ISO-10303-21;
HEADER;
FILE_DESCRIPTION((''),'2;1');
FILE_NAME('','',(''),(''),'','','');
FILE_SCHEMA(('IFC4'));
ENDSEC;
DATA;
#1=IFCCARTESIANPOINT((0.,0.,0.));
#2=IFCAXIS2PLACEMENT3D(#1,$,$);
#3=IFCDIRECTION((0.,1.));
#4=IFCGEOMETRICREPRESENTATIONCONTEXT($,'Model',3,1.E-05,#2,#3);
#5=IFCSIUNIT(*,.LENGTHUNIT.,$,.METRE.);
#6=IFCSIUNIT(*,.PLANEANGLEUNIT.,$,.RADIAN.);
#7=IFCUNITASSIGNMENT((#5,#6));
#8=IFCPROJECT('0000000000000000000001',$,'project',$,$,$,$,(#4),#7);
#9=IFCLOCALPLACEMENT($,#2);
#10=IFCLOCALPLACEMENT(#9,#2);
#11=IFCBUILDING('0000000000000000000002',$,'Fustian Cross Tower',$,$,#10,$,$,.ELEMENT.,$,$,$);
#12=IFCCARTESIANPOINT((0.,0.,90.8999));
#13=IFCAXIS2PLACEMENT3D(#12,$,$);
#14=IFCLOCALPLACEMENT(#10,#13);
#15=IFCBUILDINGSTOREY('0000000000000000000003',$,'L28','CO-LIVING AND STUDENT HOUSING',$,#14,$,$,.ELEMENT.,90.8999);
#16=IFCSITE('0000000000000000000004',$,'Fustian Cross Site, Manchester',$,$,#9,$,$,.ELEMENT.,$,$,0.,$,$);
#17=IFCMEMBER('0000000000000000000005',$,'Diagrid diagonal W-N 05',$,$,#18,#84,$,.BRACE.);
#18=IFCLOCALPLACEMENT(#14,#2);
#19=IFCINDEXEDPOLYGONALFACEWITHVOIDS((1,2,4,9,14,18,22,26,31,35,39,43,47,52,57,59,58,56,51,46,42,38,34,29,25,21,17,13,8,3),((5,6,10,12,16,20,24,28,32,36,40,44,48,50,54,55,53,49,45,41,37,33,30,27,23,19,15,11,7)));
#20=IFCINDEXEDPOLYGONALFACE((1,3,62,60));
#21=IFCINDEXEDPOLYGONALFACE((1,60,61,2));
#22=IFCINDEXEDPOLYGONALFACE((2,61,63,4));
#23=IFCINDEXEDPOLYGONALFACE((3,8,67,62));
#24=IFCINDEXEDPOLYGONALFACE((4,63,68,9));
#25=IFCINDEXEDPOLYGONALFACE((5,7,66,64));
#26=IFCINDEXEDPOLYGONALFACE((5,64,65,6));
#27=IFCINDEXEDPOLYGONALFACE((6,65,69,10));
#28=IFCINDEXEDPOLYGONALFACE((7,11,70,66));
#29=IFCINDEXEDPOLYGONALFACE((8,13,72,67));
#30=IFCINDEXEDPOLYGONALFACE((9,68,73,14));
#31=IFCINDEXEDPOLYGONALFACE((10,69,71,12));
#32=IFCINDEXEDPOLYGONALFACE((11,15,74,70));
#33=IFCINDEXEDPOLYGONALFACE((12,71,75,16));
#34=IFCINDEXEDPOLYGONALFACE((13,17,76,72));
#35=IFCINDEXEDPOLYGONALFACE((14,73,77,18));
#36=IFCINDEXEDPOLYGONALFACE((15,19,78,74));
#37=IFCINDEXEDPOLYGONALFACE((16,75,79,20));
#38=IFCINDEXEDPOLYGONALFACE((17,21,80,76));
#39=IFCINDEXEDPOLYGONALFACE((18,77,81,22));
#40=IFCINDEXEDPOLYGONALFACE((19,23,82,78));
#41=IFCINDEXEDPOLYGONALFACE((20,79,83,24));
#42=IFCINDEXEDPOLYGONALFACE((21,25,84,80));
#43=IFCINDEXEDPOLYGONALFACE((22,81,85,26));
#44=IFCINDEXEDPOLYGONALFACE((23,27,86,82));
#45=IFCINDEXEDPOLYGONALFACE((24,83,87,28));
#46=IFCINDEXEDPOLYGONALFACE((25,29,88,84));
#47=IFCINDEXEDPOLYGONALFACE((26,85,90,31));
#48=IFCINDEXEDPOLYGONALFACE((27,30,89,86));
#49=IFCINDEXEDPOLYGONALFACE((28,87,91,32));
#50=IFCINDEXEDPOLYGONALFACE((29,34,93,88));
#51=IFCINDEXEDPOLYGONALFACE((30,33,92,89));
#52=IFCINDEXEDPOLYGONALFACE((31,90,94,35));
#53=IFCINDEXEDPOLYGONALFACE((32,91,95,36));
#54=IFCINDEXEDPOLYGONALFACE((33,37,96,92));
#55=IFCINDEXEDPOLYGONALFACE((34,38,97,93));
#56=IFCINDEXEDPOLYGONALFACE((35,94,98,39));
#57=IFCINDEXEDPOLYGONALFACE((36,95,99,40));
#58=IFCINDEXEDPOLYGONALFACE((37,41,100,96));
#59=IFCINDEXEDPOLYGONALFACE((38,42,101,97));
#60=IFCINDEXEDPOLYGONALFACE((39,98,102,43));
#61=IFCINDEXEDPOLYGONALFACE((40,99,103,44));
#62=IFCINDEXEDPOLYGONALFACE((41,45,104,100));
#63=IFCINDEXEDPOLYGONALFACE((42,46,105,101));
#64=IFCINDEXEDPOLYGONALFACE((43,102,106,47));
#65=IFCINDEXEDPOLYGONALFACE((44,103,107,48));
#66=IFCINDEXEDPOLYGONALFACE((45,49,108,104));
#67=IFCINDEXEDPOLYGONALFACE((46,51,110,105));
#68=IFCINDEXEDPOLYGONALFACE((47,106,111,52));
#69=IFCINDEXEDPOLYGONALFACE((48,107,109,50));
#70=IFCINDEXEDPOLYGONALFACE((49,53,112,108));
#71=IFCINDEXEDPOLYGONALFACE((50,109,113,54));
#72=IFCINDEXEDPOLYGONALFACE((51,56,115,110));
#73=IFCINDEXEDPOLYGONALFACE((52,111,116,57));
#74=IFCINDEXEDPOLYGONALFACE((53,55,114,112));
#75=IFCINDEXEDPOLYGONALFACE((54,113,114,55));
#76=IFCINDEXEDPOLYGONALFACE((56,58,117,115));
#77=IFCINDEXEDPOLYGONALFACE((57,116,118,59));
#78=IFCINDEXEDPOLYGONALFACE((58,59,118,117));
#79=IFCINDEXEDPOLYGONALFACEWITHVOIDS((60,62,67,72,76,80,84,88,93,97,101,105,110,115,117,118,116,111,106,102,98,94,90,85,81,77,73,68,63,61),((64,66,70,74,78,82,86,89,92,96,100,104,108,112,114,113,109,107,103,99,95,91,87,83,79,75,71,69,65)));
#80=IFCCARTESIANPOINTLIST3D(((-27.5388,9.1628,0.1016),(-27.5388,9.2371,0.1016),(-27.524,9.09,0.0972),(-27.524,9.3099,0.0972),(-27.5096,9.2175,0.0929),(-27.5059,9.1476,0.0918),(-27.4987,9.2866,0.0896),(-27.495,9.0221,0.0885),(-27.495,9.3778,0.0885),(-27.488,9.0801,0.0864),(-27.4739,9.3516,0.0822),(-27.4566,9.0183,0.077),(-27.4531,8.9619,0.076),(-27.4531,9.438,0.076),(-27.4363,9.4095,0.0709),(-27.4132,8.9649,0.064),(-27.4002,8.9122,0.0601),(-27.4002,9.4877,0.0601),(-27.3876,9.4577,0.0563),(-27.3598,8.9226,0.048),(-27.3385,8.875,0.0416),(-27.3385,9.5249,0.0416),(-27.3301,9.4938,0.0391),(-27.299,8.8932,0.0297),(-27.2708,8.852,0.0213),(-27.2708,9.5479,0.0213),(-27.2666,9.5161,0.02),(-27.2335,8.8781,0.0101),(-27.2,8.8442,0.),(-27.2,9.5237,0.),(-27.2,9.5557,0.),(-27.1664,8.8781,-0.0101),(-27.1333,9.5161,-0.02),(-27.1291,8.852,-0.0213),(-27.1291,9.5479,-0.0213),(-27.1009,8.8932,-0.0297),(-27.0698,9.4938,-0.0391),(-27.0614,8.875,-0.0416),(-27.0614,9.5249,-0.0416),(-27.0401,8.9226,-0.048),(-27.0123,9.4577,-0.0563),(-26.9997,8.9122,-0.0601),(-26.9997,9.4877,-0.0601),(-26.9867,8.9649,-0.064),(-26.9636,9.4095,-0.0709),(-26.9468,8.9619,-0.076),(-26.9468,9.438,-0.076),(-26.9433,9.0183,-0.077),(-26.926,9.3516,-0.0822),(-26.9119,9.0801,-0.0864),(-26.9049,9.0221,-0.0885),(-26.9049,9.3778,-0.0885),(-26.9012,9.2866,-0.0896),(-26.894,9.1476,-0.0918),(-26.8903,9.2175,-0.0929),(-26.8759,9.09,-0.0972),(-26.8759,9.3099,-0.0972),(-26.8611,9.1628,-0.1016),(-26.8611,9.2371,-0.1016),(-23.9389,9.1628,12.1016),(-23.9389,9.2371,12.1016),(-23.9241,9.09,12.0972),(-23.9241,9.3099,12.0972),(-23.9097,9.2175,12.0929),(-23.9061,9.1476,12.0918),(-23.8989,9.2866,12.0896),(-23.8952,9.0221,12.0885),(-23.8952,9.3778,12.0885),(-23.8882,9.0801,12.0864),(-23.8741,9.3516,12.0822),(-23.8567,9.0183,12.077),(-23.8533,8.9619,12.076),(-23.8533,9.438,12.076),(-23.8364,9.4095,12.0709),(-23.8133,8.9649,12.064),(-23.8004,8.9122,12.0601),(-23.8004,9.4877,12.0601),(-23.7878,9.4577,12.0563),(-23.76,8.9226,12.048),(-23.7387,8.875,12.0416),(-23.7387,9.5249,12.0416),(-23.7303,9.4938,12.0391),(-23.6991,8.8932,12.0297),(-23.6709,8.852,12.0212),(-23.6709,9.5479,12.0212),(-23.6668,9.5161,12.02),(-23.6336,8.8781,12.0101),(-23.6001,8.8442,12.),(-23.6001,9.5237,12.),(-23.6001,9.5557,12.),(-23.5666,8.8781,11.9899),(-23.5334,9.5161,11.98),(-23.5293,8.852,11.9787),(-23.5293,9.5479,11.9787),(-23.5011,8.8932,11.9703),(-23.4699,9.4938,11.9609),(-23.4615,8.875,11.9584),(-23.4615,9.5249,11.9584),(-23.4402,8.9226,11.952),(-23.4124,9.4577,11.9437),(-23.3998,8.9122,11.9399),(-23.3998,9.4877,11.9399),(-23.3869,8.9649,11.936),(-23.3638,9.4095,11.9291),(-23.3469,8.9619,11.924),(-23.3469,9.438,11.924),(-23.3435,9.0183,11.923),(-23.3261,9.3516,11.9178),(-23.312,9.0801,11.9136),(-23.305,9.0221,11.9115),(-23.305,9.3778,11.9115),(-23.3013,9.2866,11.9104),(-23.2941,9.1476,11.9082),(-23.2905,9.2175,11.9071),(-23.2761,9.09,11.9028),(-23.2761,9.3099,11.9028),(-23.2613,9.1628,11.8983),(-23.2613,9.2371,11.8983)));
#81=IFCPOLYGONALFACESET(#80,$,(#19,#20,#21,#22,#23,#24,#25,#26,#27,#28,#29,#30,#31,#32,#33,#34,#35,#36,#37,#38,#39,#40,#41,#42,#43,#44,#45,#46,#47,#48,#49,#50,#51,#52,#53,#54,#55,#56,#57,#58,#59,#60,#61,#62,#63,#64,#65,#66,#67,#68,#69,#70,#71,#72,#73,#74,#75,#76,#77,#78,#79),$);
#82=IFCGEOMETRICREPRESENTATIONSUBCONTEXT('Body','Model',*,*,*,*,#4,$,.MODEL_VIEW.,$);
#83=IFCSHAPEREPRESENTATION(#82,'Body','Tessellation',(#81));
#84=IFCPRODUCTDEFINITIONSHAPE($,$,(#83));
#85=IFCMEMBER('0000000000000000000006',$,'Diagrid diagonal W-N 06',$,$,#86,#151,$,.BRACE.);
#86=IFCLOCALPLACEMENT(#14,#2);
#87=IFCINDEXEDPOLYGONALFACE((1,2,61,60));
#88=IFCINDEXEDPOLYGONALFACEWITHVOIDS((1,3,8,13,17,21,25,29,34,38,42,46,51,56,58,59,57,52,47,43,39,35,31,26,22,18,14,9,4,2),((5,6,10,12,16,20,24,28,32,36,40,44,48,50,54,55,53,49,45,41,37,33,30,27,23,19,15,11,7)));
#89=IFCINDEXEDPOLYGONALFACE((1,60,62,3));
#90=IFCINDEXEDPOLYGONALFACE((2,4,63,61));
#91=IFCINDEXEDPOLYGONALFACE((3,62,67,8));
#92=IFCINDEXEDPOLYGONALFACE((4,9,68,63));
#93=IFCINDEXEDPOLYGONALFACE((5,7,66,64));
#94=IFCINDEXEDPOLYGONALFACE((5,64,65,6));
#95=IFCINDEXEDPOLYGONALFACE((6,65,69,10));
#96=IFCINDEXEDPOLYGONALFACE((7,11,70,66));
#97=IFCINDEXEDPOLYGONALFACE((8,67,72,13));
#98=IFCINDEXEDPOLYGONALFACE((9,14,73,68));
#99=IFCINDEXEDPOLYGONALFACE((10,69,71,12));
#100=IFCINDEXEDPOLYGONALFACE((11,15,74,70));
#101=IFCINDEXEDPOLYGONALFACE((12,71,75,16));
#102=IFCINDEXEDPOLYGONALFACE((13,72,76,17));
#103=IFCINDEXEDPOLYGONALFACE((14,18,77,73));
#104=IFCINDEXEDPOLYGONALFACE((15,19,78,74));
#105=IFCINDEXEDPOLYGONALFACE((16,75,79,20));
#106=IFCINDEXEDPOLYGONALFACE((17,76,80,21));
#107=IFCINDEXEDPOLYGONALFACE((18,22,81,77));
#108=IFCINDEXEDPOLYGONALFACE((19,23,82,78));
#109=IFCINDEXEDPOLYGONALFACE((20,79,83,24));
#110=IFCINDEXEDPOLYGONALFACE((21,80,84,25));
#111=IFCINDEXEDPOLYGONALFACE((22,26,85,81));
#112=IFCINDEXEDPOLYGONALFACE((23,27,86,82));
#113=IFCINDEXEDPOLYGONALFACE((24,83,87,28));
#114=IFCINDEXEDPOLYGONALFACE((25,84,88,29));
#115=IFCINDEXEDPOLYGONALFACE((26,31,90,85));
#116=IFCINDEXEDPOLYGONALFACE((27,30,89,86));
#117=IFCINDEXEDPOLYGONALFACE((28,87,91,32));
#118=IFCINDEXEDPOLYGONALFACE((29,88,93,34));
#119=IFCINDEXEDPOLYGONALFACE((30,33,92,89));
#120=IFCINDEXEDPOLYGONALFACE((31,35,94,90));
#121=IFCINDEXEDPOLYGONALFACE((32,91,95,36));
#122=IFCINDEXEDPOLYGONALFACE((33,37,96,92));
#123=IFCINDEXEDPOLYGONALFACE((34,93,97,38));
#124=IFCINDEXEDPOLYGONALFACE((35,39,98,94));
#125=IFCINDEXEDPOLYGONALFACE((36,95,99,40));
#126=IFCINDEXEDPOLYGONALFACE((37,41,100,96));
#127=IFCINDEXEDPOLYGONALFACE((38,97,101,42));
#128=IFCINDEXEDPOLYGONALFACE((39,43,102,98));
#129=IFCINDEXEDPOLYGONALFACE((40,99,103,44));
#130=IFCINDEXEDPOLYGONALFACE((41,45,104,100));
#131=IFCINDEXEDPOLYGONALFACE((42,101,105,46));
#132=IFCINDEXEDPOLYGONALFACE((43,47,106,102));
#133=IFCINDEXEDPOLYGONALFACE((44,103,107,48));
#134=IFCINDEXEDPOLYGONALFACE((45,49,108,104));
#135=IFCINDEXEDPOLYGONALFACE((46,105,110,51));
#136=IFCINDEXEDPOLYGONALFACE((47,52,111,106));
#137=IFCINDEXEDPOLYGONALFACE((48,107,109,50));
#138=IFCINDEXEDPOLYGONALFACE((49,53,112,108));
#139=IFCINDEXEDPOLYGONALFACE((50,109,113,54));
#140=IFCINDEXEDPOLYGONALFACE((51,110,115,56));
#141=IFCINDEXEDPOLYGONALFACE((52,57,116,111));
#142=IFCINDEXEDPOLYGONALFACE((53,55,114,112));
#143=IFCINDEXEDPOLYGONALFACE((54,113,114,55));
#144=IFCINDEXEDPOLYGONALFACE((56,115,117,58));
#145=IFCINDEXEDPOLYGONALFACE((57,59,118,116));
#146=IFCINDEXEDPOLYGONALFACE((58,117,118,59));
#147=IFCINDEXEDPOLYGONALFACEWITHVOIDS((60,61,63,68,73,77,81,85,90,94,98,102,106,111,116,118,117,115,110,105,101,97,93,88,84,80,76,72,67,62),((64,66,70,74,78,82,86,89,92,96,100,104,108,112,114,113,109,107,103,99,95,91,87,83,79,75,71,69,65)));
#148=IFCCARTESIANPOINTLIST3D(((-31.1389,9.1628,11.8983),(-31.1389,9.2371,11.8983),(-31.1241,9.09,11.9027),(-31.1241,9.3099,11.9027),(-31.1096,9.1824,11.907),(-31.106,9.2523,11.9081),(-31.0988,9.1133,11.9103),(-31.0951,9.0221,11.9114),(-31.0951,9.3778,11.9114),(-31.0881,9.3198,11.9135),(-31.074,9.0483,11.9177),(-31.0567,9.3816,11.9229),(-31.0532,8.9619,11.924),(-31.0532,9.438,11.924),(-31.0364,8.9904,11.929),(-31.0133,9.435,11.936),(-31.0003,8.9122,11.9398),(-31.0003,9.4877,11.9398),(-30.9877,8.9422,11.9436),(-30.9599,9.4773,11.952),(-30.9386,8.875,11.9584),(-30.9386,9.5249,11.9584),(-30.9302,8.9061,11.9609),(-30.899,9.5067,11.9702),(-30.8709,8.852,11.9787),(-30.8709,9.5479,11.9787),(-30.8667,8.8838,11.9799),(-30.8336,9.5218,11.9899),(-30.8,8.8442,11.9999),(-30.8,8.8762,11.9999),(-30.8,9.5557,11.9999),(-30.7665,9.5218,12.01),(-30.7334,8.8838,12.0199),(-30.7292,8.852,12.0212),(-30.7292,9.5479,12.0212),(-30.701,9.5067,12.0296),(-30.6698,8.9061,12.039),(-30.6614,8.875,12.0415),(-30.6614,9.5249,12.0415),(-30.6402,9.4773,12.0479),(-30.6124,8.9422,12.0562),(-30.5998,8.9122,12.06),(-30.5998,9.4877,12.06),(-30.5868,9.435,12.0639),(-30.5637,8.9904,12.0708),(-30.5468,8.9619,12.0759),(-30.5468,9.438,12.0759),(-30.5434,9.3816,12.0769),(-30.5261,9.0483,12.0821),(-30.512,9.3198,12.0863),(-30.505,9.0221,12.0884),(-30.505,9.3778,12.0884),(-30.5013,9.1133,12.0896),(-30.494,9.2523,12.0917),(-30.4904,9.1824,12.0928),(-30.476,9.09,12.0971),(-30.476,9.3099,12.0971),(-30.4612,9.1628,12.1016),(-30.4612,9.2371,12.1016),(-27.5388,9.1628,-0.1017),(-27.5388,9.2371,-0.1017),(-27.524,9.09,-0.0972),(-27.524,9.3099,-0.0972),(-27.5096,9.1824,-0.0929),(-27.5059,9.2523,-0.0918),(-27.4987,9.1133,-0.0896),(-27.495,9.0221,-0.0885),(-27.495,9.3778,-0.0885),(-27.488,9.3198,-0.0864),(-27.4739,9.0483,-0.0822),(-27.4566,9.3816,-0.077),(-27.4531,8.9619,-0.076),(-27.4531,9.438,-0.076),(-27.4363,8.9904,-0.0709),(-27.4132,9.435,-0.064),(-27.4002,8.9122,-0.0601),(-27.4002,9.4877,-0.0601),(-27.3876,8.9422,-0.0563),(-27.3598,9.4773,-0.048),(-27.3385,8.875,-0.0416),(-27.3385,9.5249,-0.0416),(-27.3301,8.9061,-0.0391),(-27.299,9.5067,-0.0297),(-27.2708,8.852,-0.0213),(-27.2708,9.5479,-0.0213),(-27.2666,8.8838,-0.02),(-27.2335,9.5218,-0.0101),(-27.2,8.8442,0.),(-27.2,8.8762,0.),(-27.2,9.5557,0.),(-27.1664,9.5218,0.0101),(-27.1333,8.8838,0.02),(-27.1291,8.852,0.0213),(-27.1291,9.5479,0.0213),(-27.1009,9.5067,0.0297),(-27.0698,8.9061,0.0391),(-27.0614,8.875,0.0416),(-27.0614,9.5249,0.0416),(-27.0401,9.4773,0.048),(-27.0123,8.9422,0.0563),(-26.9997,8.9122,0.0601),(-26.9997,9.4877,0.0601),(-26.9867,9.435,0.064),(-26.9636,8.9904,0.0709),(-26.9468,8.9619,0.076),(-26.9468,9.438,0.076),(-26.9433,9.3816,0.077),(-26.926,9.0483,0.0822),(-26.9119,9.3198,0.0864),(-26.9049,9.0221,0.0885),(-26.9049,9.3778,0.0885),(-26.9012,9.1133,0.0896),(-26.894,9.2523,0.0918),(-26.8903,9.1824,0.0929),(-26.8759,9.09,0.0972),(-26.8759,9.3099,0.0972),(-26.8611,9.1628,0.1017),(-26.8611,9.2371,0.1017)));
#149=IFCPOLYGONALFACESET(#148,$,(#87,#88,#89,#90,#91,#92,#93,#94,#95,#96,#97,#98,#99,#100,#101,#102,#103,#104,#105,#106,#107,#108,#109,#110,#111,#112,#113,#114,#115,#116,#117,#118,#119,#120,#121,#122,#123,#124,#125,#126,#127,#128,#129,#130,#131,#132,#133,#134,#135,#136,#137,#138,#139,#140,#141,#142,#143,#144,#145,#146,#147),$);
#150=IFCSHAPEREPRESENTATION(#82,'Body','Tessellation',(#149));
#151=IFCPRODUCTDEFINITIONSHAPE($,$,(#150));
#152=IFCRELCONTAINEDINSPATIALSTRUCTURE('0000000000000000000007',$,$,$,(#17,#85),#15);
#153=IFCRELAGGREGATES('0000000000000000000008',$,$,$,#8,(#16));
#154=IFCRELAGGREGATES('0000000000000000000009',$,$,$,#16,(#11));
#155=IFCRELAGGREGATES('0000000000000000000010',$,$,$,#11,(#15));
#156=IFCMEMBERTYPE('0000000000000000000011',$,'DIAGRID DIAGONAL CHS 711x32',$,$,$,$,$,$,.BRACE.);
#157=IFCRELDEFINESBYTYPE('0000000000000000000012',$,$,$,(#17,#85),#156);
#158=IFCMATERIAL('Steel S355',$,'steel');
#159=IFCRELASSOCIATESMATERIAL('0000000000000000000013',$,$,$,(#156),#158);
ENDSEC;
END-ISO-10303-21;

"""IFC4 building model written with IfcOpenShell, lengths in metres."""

from ifc_helpers import new_model, si_unit, direction, frame, origin, origin_2d, place, context, subcontext, project, spatial, hollow_circle, extrude, material, material_profile, profile_set, type_object, element, save


model = new_model("IFC4")

# Units and contexts
model_context = context("Model", 3, precision=1e-05, world=origin(), true_north=direction((0.0, 1.0)))
body_context = subcontext(model_context, "Body", "Model", "MODEL_VIEW")
ifc_project = project(units=[si_unit("LENGTHUNIT", "METRE"), si_unit("PLANEANGLEUNIT", "RADIAN")], contexts=[model_context])

# Site, building, storey
site_placement = place(None, origin())
site = spatial("IfcSite", under=ifc_project, at=site_placement, Name="Fustian Cross Site, Manchester", CompositionType="ELEMENT", RefElevation=0.0)
building_placement = place(site_placement, origin())
building = spatial("IfcBuilding", under=site, at=building_placement, Name="Fustian Cross Tower", CompositionType="ELEMENT")
storey_placement = place(building_placement, frame((0.0, 0.0, 90.8999)))
storey = spatial("IfcBuildingStorey", under=building, at=storey_placement, Name="L28", Description="CO-LIVING AND STUDENT HOUSING", CompositionType="ELEMENT", Elevation=90.8999)

# Members
ifc_material_1 = material(Name="Steel S355", Category="steel")
ifc_material_profile_1 = material_profile(ifc_material_1, hollow_circle(Radius=0.3557, WallThickness=0.032, at=origin_2d()), Name="CHS 711x32")
ifc_profile_set_1 = profile_set([ifc_material_profile_1], Name="Steel S355")
member_type = type_object("IfcMemberType", Name="DIAGRID DIAGONAL CHS 711x32", PredefinedType="BRACE", material=ifc_profile_set_1)
for number, where, z_axis, x_axis, name in (
    (1, (-27.2, 9.2, 0.0), (0.287337, 0.0, 0.95783), (0.0, 1.0, 0.0), "Diagrid diagonal W-N 05"),
    (2, (-27.2, 9.2, 0.0), (-0.287355, 0.0, 0.957824), (0.0, -1.0, 0.0), "Diagrid diagonal W-N 06"),
):
    element("IfcMember", number, at=place(storey_placement, frame(where, z_axis=z_axis, x_axis=x_axis)), inside=storey, type_object=member_type, Name=name, PredefinedType="BRACE", context=body_context, shape_type="SweptSolid", body=[
        extrude(hollow_circle(Radius=0.3557, WallThickness=0.032, at=origin_2d()), origin(), (0.0, 0.0, 1.0), 12.5283),
    ])

save(model, "model.ifc")
